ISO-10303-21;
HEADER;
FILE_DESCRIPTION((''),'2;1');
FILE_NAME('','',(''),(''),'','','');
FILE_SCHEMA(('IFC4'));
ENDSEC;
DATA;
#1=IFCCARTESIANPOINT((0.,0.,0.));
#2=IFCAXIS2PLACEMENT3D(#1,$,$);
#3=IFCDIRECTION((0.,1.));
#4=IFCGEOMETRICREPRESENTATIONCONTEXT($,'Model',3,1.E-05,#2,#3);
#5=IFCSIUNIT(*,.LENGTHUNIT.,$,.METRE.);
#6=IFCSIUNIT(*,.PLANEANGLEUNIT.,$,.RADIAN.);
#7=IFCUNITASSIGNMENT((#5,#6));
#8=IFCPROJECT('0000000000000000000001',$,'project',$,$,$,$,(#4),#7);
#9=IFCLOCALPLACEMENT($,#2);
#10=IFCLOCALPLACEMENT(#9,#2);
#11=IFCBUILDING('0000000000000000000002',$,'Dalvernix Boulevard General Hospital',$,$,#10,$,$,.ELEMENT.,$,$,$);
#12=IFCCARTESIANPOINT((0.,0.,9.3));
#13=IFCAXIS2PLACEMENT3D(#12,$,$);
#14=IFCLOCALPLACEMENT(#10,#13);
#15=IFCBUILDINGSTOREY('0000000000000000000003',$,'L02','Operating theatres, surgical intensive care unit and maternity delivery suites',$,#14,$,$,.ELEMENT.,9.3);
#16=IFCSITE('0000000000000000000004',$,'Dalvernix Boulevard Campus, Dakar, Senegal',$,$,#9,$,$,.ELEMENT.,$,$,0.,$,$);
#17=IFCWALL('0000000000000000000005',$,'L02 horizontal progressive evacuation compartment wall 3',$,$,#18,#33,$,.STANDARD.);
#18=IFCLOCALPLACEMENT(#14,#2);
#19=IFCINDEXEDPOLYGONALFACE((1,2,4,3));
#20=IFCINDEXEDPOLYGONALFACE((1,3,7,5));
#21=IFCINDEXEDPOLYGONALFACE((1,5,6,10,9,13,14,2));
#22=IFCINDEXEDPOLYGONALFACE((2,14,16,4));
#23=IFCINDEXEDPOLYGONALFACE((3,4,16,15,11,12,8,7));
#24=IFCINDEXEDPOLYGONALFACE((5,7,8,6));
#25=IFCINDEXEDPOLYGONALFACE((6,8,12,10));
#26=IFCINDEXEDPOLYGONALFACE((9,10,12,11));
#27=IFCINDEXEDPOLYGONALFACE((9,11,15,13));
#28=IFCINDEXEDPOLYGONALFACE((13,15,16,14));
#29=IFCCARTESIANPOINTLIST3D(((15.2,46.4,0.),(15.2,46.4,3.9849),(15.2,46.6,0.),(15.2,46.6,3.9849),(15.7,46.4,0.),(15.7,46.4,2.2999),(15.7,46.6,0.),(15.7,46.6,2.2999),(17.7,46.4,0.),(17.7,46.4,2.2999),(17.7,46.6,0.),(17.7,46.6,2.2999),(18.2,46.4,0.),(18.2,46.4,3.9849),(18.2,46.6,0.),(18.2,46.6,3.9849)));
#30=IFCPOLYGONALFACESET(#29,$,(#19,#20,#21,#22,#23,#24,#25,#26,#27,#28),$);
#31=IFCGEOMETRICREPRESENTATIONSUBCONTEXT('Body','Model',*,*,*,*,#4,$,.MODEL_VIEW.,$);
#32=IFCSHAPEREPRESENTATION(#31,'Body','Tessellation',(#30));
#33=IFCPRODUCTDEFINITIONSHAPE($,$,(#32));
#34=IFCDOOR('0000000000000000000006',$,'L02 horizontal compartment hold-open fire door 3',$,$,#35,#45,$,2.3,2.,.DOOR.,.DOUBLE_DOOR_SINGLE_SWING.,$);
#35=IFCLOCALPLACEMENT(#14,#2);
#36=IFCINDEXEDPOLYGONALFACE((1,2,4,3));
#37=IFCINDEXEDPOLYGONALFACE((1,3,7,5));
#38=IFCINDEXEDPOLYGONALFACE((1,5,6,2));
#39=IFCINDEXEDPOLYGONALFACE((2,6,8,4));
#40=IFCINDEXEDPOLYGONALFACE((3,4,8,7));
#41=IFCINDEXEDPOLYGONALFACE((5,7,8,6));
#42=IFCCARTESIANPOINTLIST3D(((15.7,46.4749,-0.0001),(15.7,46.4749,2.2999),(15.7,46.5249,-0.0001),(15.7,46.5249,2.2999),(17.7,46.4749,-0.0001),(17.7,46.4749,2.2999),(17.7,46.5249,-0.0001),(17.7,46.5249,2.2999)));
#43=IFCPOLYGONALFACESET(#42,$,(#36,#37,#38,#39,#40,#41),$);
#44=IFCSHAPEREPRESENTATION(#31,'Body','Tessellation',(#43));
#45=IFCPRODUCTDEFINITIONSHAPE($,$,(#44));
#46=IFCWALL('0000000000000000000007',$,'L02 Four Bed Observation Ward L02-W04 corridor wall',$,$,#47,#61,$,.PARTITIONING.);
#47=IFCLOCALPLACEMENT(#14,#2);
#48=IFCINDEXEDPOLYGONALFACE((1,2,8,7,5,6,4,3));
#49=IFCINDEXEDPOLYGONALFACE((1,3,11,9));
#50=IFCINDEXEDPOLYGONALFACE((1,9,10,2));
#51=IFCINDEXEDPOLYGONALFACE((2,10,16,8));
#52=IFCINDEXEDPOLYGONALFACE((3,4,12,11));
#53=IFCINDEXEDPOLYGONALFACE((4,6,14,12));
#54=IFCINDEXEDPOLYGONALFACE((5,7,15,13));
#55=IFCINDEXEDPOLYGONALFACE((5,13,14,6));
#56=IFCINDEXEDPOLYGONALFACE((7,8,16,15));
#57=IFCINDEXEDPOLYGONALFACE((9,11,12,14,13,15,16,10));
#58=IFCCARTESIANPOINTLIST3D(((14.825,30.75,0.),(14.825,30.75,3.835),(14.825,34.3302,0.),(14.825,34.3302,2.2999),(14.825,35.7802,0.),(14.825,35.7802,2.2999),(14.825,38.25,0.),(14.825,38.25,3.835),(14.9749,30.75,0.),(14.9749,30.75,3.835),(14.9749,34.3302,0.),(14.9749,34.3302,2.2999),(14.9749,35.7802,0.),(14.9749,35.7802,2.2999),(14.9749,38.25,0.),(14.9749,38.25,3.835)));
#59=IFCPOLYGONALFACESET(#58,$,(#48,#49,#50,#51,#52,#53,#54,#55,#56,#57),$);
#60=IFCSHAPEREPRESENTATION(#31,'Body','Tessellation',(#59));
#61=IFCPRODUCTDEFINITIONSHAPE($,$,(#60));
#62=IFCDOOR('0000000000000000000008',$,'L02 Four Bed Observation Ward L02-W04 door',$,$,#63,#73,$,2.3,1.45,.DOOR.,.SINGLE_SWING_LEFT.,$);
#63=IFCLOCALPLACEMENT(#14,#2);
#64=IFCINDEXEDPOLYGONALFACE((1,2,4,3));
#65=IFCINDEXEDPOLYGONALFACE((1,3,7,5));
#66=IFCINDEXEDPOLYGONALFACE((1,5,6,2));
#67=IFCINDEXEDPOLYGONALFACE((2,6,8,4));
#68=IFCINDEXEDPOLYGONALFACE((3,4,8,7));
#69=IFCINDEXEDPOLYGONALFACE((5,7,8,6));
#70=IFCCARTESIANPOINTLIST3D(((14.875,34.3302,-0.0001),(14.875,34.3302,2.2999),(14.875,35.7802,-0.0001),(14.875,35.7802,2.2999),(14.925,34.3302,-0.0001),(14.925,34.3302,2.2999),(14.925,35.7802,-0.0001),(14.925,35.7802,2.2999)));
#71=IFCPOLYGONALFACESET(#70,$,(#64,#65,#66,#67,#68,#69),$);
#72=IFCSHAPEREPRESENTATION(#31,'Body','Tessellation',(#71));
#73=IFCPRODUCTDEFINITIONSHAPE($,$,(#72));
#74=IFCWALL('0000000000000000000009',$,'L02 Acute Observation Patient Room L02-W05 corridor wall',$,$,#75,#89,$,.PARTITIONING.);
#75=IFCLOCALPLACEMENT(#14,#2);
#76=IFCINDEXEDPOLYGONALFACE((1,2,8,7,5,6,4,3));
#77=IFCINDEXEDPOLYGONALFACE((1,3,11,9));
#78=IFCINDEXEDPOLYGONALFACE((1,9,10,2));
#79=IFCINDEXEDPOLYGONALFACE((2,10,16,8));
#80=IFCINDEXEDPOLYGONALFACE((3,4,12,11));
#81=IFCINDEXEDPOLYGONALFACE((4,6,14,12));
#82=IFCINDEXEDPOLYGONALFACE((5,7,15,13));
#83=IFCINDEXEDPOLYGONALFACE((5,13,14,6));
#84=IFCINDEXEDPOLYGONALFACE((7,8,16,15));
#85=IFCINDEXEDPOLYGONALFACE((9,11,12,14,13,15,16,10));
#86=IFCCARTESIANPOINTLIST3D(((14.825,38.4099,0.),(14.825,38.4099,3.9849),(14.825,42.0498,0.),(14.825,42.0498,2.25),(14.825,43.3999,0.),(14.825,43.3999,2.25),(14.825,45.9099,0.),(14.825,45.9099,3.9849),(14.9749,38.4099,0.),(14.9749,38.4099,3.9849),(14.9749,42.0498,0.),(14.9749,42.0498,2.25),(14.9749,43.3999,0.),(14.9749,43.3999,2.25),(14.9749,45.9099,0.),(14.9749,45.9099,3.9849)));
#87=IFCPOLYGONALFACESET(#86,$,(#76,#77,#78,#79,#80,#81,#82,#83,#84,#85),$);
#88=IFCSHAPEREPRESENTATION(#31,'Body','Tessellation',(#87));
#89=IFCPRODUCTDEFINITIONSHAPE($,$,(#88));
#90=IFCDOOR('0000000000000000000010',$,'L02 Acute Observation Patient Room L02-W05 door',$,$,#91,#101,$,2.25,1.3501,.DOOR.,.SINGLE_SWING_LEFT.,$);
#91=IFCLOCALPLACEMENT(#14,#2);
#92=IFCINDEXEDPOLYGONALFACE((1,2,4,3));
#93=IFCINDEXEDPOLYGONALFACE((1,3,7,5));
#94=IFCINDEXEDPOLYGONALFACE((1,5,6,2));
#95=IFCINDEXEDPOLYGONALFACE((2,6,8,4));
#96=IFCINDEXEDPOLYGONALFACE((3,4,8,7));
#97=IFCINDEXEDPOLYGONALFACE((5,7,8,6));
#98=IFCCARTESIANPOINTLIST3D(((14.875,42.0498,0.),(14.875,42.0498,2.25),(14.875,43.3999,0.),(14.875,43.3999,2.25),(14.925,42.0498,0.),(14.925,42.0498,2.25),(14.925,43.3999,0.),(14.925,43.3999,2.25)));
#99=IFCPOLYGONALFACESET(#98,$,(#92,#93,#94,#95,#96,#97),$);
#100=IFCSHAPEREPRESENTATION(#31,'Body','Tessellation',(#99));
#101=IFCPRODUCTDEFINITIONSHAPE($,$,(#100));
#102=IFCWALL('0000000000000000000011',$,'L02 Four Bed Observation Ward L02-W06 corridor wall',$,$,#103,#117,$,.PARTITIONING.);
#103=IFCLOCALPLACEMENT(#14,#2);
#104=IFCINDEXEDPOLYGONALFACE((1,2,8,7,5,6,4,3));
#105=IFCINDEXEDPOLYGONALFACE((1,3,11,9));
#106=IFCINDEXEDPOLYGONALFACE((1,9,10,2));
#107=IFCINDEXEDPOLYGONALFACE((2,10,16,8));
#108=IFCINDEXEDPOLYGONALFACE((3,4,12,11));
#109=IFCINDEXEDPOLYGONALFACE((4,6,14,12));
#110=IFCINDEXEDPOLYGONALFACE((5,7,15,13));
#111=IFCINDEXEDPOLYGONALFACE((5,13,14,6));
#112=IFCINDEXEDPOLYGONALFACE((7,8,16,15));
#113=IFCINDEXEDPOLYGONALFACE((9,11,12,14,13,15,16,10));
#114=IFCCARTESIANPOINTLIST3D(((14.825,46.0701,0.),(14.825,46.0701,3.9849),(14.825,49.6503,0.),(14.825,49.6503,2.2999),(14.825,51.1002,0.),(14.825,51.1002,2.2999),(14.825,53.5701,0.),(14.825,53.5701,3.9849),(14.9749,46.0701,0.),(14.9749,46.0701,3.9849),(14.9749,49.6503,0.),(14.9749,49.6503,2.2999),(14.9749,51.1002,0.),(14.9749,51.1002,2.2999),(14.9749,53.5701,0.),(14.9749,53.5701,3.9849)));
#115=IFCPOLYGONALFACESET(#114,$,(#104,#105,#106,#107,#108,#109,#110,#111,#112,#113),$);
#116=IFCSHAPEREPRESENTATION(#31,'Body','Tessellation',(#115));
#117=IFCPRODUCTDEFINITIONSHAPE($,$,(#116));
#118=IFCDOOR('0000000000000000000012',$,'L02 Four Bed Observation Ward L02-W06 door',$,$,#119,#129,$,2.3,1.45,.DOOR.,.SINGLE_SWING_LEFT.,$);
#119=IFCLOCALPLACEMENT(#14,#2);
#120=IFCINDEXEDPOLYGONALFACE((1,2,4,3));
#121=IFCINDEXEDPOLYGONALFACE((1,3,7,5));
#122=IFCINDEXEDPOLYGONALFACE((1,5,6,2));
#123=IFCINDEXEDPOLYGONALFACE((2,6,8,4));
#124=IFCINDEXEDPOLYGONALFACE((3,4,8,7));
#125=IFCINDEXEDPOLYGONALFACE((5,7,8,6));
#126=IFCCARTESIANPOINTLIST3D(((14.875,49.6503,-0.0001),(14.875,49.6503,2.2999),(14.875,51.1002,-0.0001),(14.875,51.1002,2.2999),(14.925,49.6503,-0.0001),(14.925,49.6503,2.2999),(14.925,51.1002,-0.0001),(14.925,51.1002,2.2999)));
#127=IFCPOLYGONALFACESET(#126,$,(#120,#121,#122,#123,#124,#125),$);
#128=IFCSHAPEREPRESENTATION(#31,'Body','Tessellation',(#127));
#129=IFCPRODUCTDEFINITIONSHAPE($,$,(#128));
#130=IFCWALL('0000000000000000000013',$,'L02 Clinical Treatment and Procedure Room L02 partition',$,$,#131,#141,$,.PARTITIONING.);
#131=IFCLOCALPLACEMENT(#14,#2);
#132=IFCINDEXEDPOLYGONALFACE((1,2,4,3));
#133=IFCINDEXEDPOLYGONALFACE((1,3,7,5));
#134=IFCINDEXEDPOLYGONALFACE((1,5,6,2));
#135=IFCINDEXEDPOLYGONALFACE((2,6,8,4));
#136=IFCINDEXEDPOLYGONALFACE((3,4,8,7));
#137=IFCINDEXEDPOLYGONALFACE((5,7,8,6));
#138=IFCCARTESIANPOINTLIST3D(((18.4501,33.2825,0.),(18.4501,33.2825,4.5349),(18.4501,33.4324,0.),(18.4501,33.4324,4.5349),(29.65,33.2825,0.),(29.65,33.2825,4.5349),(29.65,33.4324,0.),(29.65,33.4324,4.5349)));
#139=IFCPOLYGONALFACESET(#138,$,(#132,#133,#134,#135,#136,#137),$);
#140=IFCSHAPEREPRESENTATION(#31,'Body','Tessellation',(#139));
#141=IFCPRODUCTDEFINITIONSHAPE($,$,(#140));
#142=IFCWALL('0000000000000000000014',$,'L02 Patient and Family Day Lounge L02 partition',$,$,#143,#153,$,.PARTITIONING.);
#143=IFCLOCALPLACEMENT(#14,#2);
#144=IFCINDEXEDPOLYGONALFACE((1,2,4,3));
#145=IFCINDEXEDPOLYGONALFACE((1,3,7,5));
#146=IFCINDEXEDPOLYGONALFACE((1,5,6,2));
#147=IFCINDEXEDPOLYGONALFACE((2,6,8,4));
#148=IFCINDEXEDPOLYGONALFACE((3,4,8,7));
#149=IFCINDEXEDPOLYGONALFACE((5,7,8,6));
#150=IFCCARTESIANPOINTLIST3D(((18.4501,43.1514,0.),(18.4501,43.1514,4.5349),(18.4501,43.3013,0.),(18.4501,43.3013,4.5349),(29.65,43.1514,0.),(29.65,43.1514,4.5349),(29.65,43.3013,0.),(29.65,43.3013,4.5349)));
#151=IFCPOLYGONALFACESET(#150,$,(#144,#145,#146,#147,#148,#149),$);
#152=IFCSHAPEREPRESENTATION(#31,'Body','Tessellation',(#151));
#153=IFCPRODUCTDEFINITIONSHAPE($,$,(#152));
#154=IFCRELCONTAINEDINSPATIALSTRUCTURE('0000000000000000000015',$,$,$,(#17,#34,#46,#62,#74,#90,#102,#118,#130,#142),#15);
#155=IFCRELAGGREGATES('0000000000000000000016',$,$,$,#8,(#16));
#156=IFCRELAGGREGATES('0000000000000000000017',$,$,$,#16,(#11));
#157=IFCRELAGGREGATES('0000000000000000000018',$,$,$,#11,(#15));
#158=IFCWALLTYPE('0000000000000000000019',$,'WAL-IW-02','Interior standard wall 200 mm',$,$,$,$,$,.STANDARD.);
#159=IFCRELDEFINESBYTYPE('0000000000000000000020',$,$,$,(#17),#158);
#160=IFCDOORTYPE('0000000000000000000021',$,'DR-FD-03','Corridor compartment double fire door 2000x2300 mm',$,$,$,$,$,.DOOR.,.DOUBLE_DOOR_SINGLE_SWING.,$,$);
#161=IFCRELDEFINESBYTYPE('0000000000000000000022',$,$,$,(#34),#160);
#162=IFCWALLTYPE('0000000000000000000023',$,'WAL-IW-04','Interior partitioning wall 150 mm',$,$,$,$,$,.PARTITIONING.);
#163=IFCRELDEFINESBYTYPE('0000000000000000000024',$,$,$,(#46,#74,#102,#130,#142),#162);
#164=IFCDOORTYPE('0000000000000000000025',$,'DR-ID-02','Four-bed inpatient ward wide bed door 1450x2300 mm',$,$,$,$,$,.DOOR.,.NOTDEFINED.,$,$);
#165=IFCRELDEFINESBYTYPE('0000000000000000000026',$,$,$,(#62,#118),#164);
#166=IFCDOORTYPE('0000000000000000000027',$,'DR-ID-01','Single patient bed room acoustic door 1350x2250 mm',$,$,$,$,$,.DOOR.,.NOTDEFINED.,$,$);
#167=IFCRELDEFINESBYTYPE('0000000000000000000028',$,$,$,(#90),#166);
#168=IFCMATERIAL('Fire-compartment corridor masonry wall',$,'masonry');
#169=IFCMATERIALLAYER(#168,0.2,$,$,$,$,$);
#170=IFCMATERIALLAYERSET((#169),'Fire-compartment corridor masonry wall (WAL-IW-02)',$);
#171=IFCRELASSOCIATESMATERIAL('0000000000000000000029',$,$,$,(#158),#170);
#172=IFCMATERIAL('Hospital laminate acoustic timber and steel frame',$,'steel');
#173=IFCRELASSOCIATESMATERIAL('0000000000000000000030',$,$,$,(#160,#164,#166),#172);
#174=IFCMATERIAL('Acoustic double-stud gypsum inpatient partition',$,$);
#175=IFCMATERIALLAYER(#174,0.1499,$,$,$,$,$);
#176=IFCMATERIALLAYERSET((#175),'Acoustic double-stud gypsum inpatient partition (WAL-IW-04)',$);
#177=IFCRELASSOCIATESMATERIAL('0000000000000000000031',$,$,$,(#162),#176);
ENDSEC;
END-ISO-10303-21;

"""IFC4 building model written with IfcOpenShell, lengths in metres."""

from ifc_helpers import new_model, si_unit, direction, frame, frame_2d, origin, place, context, subcontext, project, spatial, rectangle, extrude, material, layer, layer_set, type_object, element, fill, save


model = new_model("IFC4")

# Units and contexts
model_context = context("Model", 3, precision=1e-05, world=origin(), true_north=direction((0.0, 1.0)))
body_context = subcontext(model_context, "Body", "Model", "MODEL_VIEW")
ifc_project = project(units=[si_unit("LENGTHUNIT", "METRE"), si_unit("PLANEANGLEUNIT", "RADIAN")], contexts=[model_context])

# Site, building, storey
site_placement = place(None, origin())
site = spatial("IfcSite", under=ifc_project, at=site_placement, Name="Dalvernix Boulevard Campus, Dakar, Senegal", CompositionType="ELEMENT", RefElevation=0.0)
building_placement = place(site_placement, origin())
building = spatial("IfcBuilding", under=site, at=building_placement, Name="Dalvernix Boulevard General Hospital", CompositionType="ELEMENT")
storey_placement = place(building_placement, frame((0.0, 0.0, 9.3)))
storey = spatial("IfcBuildingStorey", under=building, at=storey_placement, Name="L02", Description="Operating theatres, surgical intensive care unit and maternity delivery suites", CompositionType="ELEMENT", Elevation=9.3)

# Walls, openings, doors
ifc_material_1 = material(Name="Fire-compartment corridor masonry wall", Category="masonry")
ifc_layer_1 = layer(ifc_material_1, 0.2)
ifc_layer_set_1 = layer_set([ifc_layer_1], Name="Fire-compartment corridor masonry wall (WAL-IW-02)")
wall_type_1 = type_object("IfcWallType", Name="WAL-IW-02", Description="Interior standard wall 200 mm", PredefinedType="STANDARD", material=ifc_layer_set_1)
ifc_material_2 = material(Name="Hospital laminate acoustic timber and steel frame", Category="steel")
wall_1_placement = place(storey_placement, frame((15.2, 46.5, 0.0), z_axis=(0.0, 0.0, 1.0), x_axis=(1.0, 0.0, 0.0)))
wall_1 = element("IfcWall", 1, at=wall_1_placement, inside=storey, type_object=wall_type_1, Name="L02 horizontal progressive evacuation compartment wall 3", PredefinedType="STANDARD", context=body_context, shape_type="SweptSolid", body=[
    extrude(rectangle(XDim=3.0, YDim=0.2, at=frame_2d((1.5, 0.0))), origin(), (0.0, 0.0, 1.0), 3.9849),
])
opening_1_placement = place(wall_1_placement, frame((0.5, 0.0, 0.0)))
opening_1 = element("IfcOpeningElement", 2, at=opening_1_placement, cuts=wall_1, PredefinedType="OPENING", context=body_context, shape_type="SweptSolid", body=[
    extrude(rectangle(XDim=2.0, YDim=2.3, at=frame_2d((1.0, 1.1499))), frame((0.0, 0.1099, 0.0), z_axis=(0.0, -1.0, 0.0), x_axis=(1.0, 0.0, 0.0)), (0.0, 0.0, 1.0), 0.22),
])
door_type_1 = type_object("IfcDoorType", Name="DR-FD-03", Description="Corridor compartment double fire door 2000x2300 mm", OperationType="DOUBLE_DOOR_SINGLE_SWING", PredefinedType="DOOR", material=ifc_material_2)
door_1_placement = place(opening_1_placement, origin())
door_1 = element("IfcDoor", 3, at=door_1_placement, inside=storey, type_object=door_type_1, Name="L02 horizontal compartment hold-open fire door 3", OperationType="DOUBLE_DOOR_SINGLE_SWING", OverallHeight=2.3, OverallWidth=2.0, PredefinedType="DOOR", context=body_context, shape_type="SweptSolid", body=[
    extrude(rectangle(XDim=2.0, YDim=2.3, at=frame_2d((1.0, 1.1499))), frame((0.0, 0.0249, 0.0), z_axis=(0.0, -1.0, 0.0), x_axis=(1.0, 0.0, 0.0)), (0.0, 0.0, 1.0), 0.05),
])
fill(opening_1, door_1)
ifc_material_3 = material(Name="Acoustic double-stud gypsum inpatient partition")
ifc_layer_2 = layer(ifc_material_3, 0.1499)
ifc_layer_set_2 = layer_set([ifc_layer_2], Name="Acoustic double-stud gypsum inpatient partition (WAL-IW-04)")
wall_type_2 = type_object("IfcWallType", Name="WAL-IW-04", Description="Interior partitioning wall 150 mm", PredefinedType="PARTITIONING", material=ifc_layer_set_2)
wall_2_placement = place(storey_placement, frame((14.8999, 30.75, 0.0), z_axis=(0.0, 0.0, 1.0), x_axis=(0.0, 1.0, 0.0)))
wall_2 = element("IfcWall", 4, at=wall_2_placement, inside=storey, type_object=wall_type_2, Name="L02 Four Bed Observation Ward L02-W04 corridor wall", PredefinedType="PARTITIONING", context=body_context, shape_type="SweptSolid", body=[
    extrude(rectangle(XDim=7.5, YDim=0.1499, at=frame_2d((3.75, 0.0))), origin(), (0.0, 0.0, 1.0), 3.835),
])
opening_2_placement = place(wall_2_placement, frame((3.5801, 0.0, 0.0)))
opening_2 = element("IfcOpeningElement", 5, at=opening_2_placement, cuts=wall_2, PredefinedType="OPENING", context=body_context, shape_type="SweptSolid", body=[
    extrude(rectangle(XDim=1.45, YDim=2.3, at=frame_2d((0.7251, 1.1499))), frame((0.0, 0.085, 0.0), z_axis=(0.0, -1.0, 0.0), x_axis=(1.0, 0.0, 0.0)), (0.0, 0.0, 1.0), 0.1699),
])
door_type_2 = type_object("IfcDoorType", Name="DR-ID-02", Description="Four-bed inpatient ward wide bed door 1450x2300 mm", OperationType="NOTDEFINED", PredefinedType="DOOR", material=ifc_material_2)
door_2_placement = place(opening_2_placement, origin())
door_2 = element("IfcDoor", 6, at=door_2_placement, inside=storey, type_object=door_type_2, Name="L02 Four Bed Observation Ward L02-W04 door", OperationType="SINGLE_SWING_LEFT", OverallHeight=2.3, OverallWidth=1.45, PredefinedType="DOOR", context=body_context, shape_type="SweptSolid", body=[
    extrude(rectangle(XDim=1.45, YDim=2.3, at=frame_2d((0.7251, 1.1499))), frame((0.0, 0.0249, 0.0), z_axis=(0.0, -1.0, 0.0), x_axis=(1.0, 0.0, 0.0)), (0.0, 0.0, 1.0), 0.05),
])
fill(opening_2, door_2)
wall_3_placement = place(storey_placement, frame((14.8999, 38.4099, 0.0), z_axis=(0.0, 0.0, 1.0), x_axis=(0.0, 1.0, 0.0)))
wall_3 = element("IfcWall", 7, at=wall_3_placement, inside=storey, type_object=wall_type_2, Name="L02 Acute Observation Patient Room L02-W05 corridor wall", PredefinedType="PARTITIONING", context=body_context, shape_type="SweptSolid", body=[
    extrude(rectangle(XDim=7.5, YDim=0.1499, at=frame_2d((3.75, 0.0))), origin(), (0.0, 0.0, 1.0), 3.9849),
])
opening_3_placement = place(wall_3_placement, frame((3.6399, 0.0, 0.0)))
opening_3 = element("IfcOpeningElement", 8, at=opening_3_placement, cuts=wall_3, PredefinedType="OPENING", context=body_context, shape_type="SweptSolid", body=[
    extrude(rectangle(XDim=1.3501, YDim=2.25, at=frame_2d((0.675, 1.125))), frame((0.0, 0.085, 0.0), z_axis=(0.0, -1.0, 0.0), x_axis=(1.0, 0.0, 0.0)), (0.0, 0.0, 1.0), 0.1699),
])
door_type_3 = type_object("IfcDoorType", Name="DR-ID-01", Description="Single patient bed room acoustic door 1350x2250 mm", OperationType="NOTDEFINED", PredefinedType="DOOR", material=ifc_material_2)
door_3_placement = place(opening_3_placement, origin())
door_3 = element("IfcDoor", 9, at=door_3_placement, inside=storey, type_object=door_type_3, Name="L02 Acute Observation Patient Room L02-W05 door", OperationType="SINGLE_SWING_LEFT", OverallHeight=2.25, OverallWidth=1.3501, PredefinedType="DOOR", context=body_context, shape_type="SweptSolid", body=[
    extrude(rectangle(XDim=1.3501, YDim=2.25, at=frame_2d((0.675, 1.125))), frame((0.0, 0.0249, 0.0), z_axis=(0.0, -1.0, 0.0), x_axis=(1.0, 0.0, 0.0)), (0.0, 0.0, 1.0), 0.05),
])
fill(opening_3, door_3)
wall_4_placement = place(storey_placement, frame((14.8999, 46.0701, 0.0), z_axis=(0.0, 0.0, 1.0), x_axis=(0.0, 1.0, 0.0)))
wall_4 = element("IfcWall", 10, at=wall_4_placement, inside=storey, type_object=wall_type_2, Name="L02 Four Bed Observation Ward L02-W06 corridor wall", PredefinedType="PARTITIONING", context=body_context, shape_type="SweptSolid", body=[
    extrude(rectangle(XDim=7.5, YDim=0.1499, at=frame_2d((3.75, 0.0))), origin(), (0.0, 0.0, 1.0), 3.9849),
])
opening_4_placement = place(wall_4_placement, frame((3.5801, 0.0, 0.0)))
opening_4 = element("IfcOpeningElement", 11, at=opening_4_placement, cuts=wall_4, PredefinedType="OPENING", context=body_context, shape_type="SweptSolid", body=[
    extrude(rectangle(XDim=1.45, YDim=2.3, at=frame_2d((0.7251, 1.1499))), frame((0.0, 0.085, 0.0), z_axis=(0.0, -1.0, 0.0), x_axis=(1.0, 0.0, 0.0)), (0.0, 0.0, 1.0), 0.1699),
])
door_4_placement = place(opening_4_placement, origin())
door_4 = element("IfcDoor", 12, at=door_4_placement, inside=storey, type_object=door_type_2, Name="L02 Four Bed Observation Ward L02-W06 door", OperationType="SINGLE_SWING_LEFT", OverallHeight=2.3, OverallWidth=1.45, PredefinedType="DOOR", context=body_context, shape_type="SweptSolid", body=[
    extrude(rectangle(XDim=1.45, YDim=2.3, at=frame_2d((0.7251, 1.1499))), frame((0.0, 0.0249, 0.0), z_axis=(0.0, -1.0, 0.0), x_axis=(1.0, 0.0, 0.0)), (0.0, 0.0, 1.0), 0.05),
])
fill(opening_4, door_4)

# Walls
for number, where, z_axis, x_axis, name in (
    (13, (18.45, 33.3574, 0.0), (0.0, 0.0, 1.0), (1.0, 0.0, 0.0), "L02 Clinical Treatment and Procedure Room L02 partition"),
    (14, (18.45, 43.2263, 0.0), (0.0, 0.0, 1.0), (1.0, 0.0, 0.0), "L02 Patient and Family Day Lounge L02 partition"),
):
    element("IfcWall", number, at=place(storey_placement, frame(where, z_axis=z_axis, x_axis=x_axis)), inside=storey, type_object=wall_type_2, Name=name, PredefinedType="PARTITIONING", context=body_context, shape_type="SweptSolid", body=[
        extrude(rectangle(XDim=11.2, YDim=0.1499, at=frame_2d((5.6001, 0.0))), origin(), (0.0, 0.0, 1.0), 4.5349),
    ])

save(model, "model.ifc")
